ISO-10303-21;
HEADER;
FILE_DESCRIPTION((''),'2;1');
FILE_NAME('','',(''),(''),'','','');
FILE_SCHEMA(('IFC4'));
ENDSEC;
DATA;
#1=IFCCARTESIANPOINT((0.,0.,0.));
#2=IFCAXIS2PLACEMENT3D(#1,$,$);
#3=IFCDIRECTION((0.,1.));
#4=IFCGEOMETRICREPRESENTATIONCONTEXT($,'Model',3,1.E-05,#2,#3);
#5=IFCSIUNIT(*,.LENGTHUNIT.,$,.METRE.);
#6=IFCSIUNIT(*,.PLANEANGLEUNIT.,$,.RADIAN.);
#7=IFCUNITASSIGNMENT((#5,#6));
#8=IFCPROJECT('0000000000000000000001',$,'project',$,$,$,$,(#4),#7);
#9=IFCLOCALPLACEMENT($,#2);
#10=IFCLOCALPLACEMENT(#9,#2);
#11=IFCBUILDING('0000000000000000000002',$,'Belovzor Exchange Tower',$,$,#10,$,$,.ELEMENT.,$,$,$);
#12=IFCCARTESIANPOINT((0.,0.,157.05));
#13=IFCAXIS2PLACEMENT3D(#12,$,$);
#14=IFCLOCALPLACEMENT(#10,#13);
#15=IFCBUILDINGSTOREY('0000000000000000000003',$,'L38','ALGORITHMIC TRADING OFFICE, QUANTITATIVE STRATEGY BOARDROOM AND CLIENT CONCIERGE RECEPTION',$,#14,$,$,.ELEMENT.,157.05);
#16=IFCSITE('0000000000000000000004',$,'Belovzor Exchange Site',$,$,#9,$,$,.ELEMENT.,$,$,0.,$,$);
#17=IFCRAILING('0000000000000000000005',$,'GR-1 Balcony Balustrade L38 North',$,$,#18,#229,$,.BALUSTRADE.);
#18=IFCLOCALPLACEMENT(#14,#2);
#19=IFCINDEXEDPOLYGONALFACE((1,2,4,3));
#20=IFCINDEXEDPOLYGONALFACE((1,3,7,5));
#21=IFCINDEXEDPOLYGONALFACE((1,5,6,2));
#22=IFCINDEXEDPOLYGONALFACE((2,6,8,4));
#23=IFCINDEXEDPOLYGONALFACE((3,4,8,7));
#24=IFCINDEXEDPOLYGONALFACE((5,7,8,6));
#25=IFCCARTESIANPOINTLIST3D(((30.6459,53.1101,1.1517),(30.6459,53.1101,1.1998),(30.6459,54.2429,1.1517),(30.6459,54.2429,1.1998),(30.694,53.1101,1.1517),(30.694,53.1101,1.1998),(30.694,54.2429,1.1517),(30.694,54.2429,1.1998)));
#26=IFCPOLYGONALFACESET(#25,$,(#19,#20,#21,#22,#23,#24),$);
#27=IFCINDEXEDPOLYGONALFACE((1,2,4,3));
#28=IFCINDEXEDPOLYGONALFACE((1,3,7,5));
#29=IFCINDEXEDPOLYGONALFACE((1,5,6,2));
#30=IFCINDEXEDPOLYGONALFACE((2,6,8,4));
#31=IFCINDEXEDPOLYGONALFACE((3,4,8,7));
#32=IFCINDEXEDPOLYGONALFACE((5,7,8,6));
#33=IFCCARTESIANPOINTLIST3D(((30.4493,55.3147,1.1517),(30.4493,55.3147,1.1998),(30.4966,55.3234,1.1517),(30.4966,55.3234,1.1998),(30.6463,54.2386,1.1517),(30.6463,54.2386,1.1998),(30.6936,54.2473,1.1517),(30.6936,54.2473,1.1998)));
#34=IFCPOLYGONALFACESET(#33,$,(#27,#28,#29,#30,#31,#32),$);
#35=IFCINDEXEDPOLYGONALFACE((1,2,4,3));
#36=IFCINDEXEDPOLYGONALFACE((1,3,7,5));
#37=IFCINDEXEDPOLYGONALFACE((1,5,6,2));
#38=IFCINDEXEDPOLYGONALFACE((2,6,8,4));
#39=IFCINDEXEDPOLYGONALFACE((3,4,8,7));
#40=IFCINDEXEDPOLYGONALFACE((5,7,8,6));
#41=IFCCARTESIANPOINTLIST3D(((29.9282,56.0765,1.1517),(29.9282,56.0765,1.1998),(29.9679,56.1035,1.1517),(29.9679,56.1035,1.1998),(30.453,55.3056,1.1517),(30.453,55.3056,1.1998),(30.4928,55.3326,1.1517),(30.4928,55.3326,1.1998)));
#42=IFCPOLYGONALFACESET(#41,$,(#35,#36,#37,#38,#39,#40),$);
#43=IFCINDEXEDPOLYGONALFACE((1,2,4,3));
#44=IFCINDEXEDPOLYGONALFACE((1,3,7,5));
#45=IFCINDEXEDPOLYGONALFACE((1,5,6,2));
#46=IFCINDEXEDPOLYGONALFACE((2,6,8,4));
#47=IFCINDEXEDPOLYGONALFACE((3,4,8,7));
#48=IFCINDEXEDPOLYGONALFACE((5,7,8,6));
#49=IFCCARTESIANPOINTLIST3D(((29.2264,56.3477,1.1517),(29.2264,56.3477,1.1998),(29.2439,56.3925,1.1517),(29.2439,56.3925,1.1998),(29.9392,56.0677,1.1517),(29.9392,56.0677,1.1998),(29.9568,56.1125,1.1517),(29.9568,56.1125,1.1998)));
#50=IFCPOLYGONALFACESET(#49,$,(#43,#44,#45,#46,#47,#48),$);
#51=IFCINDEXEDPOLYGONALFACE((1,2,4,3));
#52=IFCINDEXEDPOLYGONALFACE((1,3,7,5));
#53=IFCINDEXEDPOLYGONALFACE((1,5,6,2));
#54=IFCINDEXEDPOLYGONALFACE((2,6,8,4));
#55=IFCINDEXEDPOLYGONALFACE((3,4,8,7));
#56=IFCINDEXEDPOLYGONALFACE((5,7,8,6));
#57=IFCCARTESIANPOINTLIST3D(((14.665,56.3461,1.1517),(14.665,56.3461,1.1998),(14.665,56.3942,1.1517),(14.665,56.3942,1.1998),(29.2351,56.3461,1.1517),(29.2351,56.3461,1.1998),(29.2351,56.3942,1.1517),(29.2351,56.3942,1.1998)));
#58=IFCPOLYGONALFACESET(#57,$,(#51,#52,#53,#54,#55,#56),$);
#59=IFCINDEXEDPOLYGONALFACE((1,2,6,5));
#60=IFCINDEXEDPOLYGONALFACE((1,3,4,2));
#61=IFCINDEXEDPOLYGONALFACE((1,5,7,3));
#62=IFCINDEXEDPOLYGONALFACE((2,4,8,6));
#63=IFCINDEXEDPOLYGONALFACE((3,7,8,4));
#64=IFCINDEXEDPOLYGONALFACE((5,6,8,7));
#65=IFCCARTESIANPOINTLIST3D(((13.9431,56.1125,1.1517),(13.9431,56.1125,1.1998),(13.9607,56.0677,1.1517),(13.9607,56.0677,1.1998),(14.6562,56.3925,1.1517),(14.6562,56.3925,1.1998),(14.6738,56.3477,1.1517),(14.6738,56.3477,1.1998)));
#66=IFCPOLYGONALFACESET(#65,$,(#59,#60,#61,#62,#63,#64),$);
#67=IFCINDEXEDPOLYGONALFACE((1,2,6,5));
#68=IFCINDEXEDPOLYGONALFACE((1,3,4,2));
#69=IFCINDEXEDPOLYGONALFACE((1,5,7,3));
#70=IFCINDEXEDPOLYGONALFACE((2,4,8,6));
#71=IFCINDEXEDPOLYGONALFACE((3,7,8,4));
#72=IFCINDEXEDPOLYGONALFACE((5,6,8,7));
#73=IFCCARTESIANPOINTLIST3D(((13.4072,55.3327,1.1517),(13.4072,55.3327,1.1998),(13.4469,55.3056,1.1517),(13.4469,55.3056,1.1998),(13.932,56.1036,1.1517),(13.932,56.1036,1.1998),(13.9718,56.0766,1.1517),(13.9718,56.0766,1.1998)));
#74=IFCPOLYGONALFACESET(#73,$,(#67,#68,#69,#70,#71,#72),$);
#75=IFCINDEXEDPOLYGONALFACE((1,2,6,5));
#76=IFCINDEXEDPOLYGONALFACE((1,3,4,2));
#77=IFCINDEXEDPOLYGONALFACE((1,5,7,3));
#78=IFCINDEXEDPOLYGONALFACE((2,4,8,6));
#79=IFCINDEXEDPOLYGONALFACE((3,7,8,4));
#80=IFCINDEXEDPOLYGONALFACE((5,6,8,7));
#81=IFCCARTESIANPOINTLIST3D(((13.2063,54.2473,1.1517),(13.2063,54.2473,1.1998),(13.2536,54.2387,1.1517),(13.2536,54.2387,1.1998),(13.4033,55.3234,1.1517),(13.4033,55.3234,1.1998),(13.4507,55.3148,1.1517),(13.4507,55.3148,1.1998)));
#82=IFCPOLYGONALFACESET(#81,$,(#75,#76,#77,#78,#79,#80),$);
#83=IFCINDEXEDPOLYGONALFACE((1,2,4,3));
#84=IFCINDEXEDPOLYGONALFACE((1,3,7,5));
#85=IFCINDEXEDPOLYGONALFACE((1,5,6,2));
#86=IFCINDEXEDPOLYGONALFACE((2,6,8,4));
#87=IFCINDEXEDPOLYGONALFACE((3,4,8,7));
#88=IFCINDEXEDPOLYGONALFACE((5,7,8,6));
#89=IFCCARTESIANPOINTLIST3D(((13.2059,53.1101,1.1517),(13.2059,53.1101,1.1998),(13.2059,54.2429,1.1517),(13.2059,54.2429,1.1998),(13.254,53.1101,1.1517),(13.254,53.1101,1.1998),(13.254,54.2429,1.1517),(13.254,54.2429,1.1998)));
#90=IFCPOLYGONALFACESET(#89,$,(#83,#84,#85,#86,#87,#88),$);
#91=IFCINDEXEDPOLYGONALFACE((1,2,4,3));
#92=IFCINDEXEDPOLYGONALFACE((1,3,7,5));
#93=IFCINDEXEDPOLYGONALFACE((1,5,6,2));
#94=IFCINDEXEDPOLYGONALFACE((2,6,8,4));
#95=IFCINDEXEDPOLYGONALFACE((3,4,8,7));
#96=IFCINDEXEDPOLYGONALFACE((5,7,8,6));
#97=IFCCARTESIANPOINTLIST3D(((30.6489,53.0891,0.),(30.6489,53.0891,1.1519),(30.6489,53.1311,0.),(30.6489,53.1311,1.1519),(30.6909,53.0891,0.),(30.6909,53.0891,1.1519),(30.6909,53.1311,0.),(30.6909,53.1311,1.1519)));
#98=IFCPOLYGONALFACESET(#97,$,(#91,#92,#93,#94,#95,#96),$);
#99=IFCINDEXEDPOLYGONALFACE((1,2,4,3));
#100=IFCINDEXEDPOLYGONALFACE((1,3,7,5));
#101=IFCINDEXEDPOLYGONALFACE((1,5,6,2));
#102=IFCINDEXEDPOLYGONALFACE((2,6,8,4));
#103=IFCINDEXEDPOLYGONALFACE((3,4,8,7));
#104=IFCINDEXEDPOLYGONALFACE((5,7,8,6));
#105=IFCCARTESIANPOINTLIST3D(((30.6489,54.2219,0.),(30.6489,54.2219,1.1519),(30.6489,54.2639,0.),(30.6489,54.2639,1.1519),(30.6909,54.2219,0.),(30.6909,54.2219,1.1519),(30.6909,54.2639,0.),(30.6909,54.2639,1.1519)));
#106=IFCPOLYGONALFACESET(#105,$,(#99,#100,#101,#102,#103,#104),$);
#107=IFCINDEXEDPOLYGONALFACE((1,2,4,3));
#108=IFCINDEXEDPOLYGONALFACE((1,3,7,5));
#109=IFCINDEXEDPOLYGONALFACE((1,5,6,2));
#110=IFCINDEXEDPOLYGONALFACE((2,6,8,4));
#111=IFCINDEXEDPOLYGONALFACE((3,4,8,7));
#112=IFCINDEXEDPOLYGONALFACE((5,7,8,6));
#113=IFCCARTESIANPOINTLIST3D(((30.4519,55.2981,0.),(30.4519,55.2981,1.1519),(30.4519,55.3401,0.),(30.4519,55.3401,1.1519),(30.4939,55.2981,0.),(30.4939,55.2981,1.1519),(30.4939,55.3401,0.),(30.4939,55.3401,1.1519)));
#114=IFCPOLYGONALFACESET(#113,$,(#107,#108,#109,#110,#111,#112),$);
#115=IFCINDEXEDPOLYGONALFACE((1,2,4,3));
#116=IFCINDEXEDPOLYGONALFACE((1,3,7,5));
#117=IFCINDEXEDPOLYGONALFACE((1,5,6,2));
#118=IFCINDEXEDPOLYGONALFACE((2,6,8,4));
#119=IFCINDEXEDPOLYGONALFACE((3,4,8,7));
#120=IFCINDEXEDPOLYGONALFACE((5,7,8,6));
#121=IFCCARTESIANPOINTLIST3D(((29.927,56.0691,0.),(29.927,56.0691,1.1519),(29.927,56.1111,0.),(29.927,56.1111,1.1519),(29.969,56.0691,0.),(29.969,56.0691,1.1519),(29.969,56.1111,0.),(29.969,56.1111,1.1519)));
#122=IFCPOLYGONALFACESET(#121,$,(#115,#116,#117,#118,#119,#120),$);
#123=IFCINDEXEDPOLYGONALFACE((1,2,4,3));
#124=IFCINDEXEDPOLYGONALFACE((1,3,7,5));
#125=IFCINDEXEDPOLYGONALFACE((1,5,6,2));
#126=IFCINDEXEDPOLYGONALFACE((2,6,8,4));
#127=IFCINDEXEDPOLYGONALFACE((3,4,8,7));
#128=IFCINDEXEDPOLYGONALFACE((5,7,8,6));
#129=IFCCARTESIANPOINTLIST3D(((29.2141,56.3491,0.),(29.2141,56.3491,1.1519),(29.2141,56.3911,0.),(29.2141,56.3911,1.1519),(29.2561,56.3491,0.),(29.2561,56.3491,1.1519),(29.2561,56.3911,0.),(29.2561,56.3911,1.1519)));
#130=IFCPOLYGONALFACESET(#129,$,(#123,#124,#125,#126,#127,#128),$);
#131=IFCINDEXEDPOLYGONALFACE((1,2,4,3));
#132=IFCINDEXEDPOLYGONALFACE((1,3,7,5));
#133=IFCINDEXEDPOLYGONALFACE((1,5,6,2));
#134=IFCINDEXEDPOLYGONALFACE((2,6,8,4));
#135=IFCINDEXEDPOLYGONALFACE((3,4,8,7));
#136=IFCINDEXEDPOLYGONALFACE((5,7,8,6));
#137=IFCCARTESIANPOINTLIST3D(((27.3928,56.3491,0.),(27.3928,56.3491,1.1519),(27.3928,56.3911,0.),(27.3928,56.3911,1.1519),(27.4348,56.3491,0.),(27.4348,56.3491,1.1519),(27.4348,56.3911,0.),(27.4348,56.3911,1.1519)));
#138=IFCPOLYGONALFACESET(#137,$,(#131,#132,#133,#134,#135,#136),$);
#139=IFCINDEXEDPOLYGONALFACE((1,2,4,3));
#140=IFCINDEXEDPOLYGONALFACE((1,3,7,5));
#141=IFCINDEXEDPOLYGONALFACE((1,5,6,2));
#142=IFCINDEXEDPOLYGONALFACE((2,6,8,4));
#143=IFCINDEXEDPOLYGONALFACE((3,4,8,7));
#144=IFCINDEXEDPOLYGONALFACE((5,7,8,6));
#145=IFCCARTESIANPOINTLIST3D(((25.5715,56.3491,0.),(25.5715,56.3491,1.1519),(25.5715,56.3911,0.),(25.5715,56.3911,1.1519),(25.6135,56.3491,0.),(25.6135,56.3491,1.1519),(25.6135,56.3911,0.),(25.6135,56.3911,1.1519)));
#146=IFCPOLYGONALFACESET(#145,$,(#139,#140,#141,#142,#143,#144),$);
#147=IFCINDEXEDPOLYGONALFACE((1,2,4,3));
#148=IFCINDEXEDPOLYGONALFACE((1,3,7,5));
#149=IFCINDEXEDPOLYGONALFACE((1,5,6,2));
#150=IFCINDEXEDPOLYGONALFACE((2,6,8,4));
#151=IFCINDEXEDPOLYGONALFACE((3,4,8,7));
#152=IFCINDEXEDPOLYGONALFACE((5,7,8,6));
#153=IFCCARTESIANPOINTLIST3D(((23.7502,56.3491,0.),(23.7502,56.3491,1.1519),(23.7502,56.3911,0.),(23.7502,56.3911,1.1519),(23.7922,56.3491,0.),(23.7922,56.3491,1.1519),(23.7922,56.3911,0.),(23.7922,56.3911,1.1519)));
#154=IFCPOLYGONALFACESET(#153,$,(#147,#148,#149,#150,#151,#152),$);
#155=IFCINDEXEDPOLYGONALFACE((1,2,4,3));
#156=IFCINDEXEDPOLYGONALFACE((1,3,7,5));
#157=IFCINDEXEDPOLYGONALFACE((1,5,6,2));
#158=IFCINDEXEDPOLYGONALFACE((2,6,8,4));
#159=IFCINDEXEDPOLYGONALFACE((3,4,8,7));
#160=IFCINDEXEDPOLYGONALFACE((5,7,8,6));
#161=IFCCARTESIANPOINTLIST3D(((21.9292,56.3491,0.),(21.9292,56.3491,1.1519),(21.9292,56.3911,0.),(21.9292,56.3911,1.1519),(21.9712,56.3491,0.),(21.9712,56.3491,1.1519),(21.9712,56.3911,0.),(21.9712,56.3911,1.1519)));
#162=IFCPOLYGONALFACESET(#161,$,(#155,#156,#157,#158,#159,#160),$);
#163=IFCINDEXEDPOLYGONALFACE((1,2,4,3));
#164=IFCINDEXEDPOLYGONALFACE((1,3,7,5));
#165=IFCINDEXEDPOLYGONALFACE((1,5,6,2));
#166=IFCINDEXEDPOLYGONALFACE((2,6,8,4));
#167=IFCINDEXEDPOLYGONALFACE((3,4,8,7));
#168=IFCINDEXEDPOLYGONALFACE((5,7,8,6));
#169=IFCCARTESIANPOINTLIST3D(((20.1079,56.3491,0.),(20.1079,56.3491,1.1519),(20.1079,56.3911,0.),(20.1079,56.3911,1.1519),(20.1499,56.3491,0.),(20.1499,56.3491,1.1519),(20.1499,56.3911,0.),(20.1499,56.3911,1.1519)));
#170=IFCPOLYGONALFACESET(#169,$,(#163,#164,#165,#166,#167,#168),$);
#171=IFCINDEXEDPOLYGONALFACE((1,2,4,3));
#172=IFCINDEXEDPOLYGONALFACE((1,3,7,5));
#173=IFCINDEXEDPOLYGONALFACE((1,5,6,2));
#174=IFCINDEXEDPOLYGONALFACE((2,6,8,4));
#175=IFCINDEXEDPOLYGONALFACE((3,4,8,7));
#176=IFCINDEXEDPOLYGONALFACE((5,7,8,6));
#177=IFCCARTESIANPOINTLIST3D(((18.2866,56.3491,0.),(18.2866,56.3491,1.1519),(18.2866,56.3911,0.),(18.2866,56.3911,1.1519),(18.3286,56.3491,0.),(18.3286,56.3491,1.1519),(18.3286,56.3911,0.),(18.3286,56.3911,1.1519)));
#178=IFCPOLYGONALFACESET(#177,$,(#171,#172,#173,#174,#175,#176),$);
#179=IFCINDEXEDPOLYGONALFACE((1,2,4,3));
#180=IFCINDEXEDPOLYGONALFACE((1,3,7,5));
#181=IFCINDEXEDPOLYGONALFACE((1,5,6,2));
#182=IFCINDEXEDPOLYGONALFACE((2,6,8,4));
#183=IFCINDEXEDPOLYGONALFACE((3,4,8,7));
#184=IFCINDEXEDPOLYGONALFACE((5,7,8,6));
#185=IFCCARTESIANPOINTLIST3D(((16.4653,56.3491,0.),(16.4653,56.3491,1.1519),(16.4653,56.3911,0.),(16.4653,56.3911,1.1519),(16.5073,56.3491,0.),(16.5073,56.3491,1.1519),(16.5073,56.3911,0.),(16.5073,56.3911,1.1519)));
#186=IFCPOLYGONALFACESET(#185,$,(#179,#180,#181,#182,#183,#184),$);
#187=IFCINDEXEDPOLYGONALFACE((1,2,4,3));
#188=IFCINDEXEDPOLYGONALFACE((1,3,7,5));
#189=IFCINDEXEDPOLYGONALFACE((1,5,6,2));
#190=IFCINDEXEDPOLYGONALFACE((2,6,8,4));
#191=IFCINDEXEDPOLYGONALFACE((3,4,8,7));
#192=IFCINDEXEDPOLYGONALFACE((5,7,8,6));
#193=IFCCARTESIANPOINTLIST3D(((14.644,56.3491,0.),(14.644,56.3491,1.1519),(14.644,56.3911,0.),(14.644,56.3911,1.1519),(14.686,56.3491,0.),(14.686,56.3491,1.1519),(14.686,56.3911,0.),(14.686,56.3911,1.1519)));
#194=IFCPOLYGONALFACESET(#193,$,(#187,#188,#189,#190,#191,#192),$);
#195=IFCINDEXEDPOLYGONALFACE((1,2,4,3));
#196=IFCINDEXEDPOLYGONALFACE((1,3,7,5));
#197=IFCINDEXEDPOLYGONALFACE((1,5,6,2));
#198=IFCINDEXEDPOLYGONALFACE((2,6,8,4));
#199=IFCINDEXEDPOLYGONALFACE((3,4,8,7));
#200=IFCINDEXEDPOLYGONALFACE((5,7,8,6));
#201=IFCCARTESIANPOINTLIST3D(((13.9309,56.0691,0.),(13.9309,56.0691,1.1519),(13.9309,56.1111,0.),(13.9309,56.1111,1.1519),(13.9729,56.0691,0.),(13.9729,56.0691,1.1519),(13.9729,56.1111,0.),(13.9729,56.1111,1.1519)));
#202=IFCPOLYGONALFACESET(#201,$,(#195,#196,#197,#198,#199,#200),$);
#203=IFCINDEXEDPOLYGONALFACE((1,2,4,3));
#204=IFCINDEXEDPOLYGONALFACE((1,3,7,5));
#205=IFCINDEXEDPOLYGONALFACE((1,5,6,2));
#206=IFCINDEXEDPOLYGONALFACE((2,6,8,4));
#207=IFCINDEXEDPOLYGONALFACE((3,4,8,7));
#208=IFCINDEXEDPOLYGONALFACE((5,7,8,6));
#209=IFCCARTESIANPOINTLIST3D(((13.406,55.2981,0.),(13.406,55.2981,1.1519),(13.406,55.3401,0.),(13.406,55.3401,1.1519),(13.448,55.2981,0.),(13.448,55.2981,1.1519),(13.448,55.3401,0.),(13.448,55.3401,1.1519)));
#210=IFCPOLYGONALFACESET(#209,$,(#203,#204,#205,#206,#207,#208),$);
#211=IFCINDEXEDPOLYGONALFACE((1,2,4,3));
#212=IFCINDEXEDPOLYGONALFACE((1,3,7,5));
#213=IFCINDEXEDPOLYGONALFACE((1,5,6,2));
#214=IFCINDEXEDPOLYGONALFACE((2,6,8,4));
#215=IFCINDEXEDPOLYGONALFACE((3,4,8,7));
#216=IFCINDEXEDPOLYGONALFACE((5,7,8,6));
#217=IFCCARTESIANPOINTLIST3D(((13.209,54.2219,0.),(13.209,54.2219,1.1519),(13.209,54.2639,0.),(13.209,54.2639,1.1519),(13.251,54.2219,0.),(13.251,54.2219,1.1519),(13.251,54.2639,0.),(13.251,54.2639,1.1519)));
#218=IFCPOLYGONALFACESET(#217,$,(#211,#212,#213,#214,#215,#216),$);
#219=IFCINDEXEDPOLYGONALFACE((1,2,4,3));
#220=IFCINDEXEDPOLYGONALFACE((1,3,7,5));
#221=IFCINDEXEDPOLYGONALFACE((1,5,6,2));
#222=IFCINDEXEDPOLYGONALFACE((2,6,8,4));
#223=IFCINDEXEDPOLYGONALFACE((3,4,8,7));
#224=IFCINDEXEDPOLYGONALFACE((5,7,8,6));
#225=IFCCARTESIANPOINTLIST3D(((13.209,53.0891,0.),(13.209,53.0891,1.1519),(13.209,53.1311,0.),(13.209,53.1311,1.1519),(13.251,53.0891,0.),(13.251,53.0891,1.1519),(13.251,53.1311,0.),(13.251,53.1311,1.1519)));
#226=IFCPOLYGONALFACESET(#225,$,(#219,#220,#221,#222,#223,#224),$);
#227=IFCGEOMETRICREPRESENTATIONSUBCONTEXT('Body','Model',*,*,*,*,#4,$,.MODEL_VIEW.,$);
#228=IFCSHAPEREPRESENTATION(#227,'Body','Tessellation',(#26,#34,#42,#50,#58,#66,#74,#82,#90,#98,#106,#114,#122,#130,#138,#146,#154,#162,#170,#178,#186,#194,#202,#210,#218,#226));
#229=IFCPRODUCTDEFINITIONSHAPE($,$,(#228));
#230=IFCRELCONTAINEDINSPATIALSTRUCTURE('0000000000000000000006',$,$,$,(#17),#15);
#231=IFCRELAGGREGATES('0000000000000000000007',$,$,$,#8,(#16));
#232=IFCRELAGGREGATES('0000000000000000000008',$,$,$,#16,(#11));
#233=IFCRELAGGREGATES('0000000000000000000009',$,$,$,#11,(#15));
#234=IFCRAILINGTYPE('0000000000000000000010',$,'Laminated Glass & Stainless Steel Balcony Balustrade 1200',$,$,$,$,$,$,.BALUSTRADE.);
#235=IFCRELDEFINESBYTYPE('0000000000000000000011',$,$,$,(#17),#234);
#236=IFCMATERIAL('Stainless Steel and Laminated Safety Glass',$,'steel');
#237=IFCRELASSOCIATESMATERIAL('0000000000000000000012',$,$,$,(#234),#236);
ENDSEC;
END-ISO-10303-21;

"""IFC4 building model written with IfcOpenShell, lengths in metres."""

from ifc_helpers import new_model, si_unit, direction, frame, origin, origin_2d, place, context, subcontext, project, spatial, rectangle, extrude, material, type_object, element, save


model = new_model("IFC4")

# Units and contexts
model_context = context("Model", 3, precision=1e-05, world=origin(), true_north=direction((0.0, 1.0)))
body_context = subcontext(model_context, "Body", "Model", "MODEL_VIEW")
ifc_project = project(units=[si_unit("LENGTHUNIT", "METRE"), si_unit("PLANEANGLEUNIT", "RADIAN")], contexts=[model_context])

# Site, building, storey
site_placement = place(None, origin())
site = spatial("IfcSite", under=ifc_project, at=site_placement, Name="Belovzor Exchange Site", CompositionType="ELEMENT", RefElevation=0.0)
building_placement = place(site_placement, origin())
building = spatial("IfcBuilding", under=site, at=building_placement, Name="Belovzor Exchange Tower", CompositionType="ELEMENT")
storey_placement = place(building_placement, frame((0.0, 0.0, 157.05)))
storey = spatial("IfcBuildingStorey", under=building, at=storey_placement, Name="L38", Description="ALGORITHMIC TRADING OFFICE, QUANTITATIVE STRATEGY BOARDROOM AND CLIENT CONCIERGE RECEPTION", CompositionType="ELEMENT", Elevation=157.05)

# Railing
ifc_material_1 = material(Name="Stainless Steel and Laminated Safety Glass", Category="steel")
railing_type = type_object("IfcRailingType", Name="Laminated Glass & Stainless Steel Balcony Balustrade 1200", PredefinedType="BALUSTRADE", material=ifc_material_1)
railing_placement = place(storey_placement, frame((30.6699, 53.1101, 0.0)))
element("IfcRailing", 1, at=railing_placement, inside=storey, type_object=railing_type, Name="GR-1 Balcony Balustrade L38 North", PredefinedType="BALUSTRADE", context=body_context, shape_type="SweptSolid", body=[
    extrude(rectangle(XDim=0.0481, YDim=0.0481, at=origin_2d()), frame((0.0, 0.0, 1.1758), z_axis=(0.0, 1.0, 0.0), x_axis=(-1.0, 0.0, 0.0)), (0.0, 0.0, 1.0), 1.1328),
    extrude(rectangle(XDim=0.0481, YDim=0.0481, at=origin_2d()), frame((0.0, 1.1328, 1.1758), z_axis=(-0.180083, 0.983651, 0.0), x_axis=(-0.983651, -0.180083, 0.0)), (0.0, 0.0, 1.0), 1.094),
    extrude(rectangle(XDim=0.0481, YDim=0.0481, at=origin_2d()), frame((-0.197, 2.209, 1.1758), z_axis=(-0.562768, 0.826615, 0.0), x_axis=(-0.826615, -0.562768, 0.0)), (0.0, 0.0, 1.0), 0.9326),
    extrude(rectangle(XDim=0.0481, YDim=0.0481, at=origin_2d()), frame((-0.7219, 2.98, 1.1758), z_axis=(-0.930767, 0.365613, 0.0), x_axis=(-0.365613, -0.930767, 0.0)), (0.0, 0.0, 1.0), 0.7659),
    extrude(rectangle(XDim=0.0481, YDim=0.0481, at=origin_2d()), frame((-1.4348, 3.26, 1.1758), z_axis=(-1.0, 0.0, 0.0), x_axis=(0.0, -1.0, 0.0)), (0.0, 0.0, 1.0), 14.5701),
    extrude(rectangle(XDim=0.0481, YDim=0.0481, at=origin_2d()), frame((-16.0049, 3.26, 1.1758), z_axis=(-0.93081, -0.365504, 0.0), x_axis=(0.365504, -0.93081, 0.0)), (0.0, 0.0, 1.0), 0.7661),
    extrude(rectangle(XDim=0.0481, YDim=0.0481, at=origin_2d()), frame((-16.718, 2.98, 1.1758), z_axis=(-0.562768, -0.826615, 0.0), x_axis=(0.826615, -0.562768, 0.0)), (0.0, 0.0, 1.0), 0.9326),
    extrude(rectangle(XDim=0.0481, YDim=0.0481, at=origin_2d()), frame((-17.2429, 2.209, 1.1758), z_axis=(-0.180083, -0.983651, 0.0), x_axis=(0.983651, -0.180083, 0.0)), (0.0, 0.0, 1.0), 1.094),
    extrude(rectangle(XDim=0.0481, YDim=0.0481, at=origin_2d()), frame((-17.4399, 1.1328, 1.1758), z_axis=(0.0, -1.0, 0.0), x_axis=(1.0, 0.0, 0.0)), (0.0, 0.0, 1.0), 1.1328),
    extrude(rectangle(XDim=0.042, YDim=0.042, at=origin_2d()), origin(), (0.0, 0.0, 1.0), 1.1519),
    extrude(rectangle(XDim=0.042, YDim=0.042, at=origin_2d()), frame((0.0, 1.1328, 0.0)), (0.0, 0.0, 1.0), 1.1519),
    extrude(rectangle(XDim=0.042, YDim=0.042, at=origin_2d()), frame((-0.197, 2.209, 0.0)), (0.0, 0.0, 1.0), 1.1519),
    extrude(rectangle(XDim=0.042, YDim=0.042, at=origin_2d()), frame((-0.7219, 2.98, 0.0)), (0.0, 0.0, 1.0), 1.1519),
    extrude(rectangle(XDim=0.042, YDim=0.042, at=origin_2d()), frame((-1.4348, 3.26, 0.0)), (0.0, 0.0, 1.0), 1.1519),
    extrude(rectangle(XDim=0.042, YDim=0.042, at=origin_2d()), frame((-3.2561, 3.26, 0.0)), (0.0, 0.0, 1.0), 1.1519),
    extrude(rectangle(XDim=0.042, YDim=0.042, at=origin_2d()), frame((-5.0774, 3.26, 0.0)), (0.0, 0.0, 1.0), 1.1519),
    extrude(rectangle(XDim=0.042, YDim=0.042, at=origin_2d()), frame((-6.8987, 3.26, 0.0)), (0.0, 0.0, 1.0), 1.1519),
    extrude(rectangle(XDim=0.042, YDim=0.042, at=origin_2d()), frame((-8.7197, 3.26, 0.0)), (0.0, 0.0, 1.0), 1.1519),
    extrude(rectangle(XDim=0.042, YDim=0.042, at=origin_2d()), frame((-10.541, 3.26, 0.0)), (0.0, 0.0, 1.0), 1.1519),
    extrude(rectangle(XDim=0.042, YDim=0.042, at=origin_2d()), frame((-12.3623, 3.26, 0.0)), (0.0, 0.0, 1.0), 1.1519),
    extrude(rectangle(XDim=0.042, YDim=0.042, at=origin_2d()), frame((-14.1836, 3.26, 0.0)), (0.0, 0.0, 1.0), 1.1519),
    extrude(rectangle(XDim=0.042, YDim=0.042, at=origin_2d()), frame((-16.0049, 3.26, 0.0)), (0.0, 0.0, 1.0), 1.1519),
    extrude(rectangle(XDim=0.042, YDim=0.042, at=origin_2d()), frame((-16.718, 2.98, 0.0)), (0.0, 0.0, 1.0), 1.1519),
    extrude(rectangle(XDim=0.042, YDim=0.042, at=origin_2d()), frame((-17.2429, 2.209, 0.0)), (0.0, 0.0, 1.0), 1.1519),
    extrude(rectangle(XDim=0.042, YDim=0.042, at=origin_2d()), frame((-17.4399, 1.1328, 0.0)), (0.0, 0.0, 1.0), 1.1519),
    extrude(rectangle(XDim=0.042, YDim=0.042, at=origin_2d()), frame((-17.4399, 0.0, 0.0)), (0.0, 0.0, 1.0), 1.1519),
])

save(model, "model.ifc")
